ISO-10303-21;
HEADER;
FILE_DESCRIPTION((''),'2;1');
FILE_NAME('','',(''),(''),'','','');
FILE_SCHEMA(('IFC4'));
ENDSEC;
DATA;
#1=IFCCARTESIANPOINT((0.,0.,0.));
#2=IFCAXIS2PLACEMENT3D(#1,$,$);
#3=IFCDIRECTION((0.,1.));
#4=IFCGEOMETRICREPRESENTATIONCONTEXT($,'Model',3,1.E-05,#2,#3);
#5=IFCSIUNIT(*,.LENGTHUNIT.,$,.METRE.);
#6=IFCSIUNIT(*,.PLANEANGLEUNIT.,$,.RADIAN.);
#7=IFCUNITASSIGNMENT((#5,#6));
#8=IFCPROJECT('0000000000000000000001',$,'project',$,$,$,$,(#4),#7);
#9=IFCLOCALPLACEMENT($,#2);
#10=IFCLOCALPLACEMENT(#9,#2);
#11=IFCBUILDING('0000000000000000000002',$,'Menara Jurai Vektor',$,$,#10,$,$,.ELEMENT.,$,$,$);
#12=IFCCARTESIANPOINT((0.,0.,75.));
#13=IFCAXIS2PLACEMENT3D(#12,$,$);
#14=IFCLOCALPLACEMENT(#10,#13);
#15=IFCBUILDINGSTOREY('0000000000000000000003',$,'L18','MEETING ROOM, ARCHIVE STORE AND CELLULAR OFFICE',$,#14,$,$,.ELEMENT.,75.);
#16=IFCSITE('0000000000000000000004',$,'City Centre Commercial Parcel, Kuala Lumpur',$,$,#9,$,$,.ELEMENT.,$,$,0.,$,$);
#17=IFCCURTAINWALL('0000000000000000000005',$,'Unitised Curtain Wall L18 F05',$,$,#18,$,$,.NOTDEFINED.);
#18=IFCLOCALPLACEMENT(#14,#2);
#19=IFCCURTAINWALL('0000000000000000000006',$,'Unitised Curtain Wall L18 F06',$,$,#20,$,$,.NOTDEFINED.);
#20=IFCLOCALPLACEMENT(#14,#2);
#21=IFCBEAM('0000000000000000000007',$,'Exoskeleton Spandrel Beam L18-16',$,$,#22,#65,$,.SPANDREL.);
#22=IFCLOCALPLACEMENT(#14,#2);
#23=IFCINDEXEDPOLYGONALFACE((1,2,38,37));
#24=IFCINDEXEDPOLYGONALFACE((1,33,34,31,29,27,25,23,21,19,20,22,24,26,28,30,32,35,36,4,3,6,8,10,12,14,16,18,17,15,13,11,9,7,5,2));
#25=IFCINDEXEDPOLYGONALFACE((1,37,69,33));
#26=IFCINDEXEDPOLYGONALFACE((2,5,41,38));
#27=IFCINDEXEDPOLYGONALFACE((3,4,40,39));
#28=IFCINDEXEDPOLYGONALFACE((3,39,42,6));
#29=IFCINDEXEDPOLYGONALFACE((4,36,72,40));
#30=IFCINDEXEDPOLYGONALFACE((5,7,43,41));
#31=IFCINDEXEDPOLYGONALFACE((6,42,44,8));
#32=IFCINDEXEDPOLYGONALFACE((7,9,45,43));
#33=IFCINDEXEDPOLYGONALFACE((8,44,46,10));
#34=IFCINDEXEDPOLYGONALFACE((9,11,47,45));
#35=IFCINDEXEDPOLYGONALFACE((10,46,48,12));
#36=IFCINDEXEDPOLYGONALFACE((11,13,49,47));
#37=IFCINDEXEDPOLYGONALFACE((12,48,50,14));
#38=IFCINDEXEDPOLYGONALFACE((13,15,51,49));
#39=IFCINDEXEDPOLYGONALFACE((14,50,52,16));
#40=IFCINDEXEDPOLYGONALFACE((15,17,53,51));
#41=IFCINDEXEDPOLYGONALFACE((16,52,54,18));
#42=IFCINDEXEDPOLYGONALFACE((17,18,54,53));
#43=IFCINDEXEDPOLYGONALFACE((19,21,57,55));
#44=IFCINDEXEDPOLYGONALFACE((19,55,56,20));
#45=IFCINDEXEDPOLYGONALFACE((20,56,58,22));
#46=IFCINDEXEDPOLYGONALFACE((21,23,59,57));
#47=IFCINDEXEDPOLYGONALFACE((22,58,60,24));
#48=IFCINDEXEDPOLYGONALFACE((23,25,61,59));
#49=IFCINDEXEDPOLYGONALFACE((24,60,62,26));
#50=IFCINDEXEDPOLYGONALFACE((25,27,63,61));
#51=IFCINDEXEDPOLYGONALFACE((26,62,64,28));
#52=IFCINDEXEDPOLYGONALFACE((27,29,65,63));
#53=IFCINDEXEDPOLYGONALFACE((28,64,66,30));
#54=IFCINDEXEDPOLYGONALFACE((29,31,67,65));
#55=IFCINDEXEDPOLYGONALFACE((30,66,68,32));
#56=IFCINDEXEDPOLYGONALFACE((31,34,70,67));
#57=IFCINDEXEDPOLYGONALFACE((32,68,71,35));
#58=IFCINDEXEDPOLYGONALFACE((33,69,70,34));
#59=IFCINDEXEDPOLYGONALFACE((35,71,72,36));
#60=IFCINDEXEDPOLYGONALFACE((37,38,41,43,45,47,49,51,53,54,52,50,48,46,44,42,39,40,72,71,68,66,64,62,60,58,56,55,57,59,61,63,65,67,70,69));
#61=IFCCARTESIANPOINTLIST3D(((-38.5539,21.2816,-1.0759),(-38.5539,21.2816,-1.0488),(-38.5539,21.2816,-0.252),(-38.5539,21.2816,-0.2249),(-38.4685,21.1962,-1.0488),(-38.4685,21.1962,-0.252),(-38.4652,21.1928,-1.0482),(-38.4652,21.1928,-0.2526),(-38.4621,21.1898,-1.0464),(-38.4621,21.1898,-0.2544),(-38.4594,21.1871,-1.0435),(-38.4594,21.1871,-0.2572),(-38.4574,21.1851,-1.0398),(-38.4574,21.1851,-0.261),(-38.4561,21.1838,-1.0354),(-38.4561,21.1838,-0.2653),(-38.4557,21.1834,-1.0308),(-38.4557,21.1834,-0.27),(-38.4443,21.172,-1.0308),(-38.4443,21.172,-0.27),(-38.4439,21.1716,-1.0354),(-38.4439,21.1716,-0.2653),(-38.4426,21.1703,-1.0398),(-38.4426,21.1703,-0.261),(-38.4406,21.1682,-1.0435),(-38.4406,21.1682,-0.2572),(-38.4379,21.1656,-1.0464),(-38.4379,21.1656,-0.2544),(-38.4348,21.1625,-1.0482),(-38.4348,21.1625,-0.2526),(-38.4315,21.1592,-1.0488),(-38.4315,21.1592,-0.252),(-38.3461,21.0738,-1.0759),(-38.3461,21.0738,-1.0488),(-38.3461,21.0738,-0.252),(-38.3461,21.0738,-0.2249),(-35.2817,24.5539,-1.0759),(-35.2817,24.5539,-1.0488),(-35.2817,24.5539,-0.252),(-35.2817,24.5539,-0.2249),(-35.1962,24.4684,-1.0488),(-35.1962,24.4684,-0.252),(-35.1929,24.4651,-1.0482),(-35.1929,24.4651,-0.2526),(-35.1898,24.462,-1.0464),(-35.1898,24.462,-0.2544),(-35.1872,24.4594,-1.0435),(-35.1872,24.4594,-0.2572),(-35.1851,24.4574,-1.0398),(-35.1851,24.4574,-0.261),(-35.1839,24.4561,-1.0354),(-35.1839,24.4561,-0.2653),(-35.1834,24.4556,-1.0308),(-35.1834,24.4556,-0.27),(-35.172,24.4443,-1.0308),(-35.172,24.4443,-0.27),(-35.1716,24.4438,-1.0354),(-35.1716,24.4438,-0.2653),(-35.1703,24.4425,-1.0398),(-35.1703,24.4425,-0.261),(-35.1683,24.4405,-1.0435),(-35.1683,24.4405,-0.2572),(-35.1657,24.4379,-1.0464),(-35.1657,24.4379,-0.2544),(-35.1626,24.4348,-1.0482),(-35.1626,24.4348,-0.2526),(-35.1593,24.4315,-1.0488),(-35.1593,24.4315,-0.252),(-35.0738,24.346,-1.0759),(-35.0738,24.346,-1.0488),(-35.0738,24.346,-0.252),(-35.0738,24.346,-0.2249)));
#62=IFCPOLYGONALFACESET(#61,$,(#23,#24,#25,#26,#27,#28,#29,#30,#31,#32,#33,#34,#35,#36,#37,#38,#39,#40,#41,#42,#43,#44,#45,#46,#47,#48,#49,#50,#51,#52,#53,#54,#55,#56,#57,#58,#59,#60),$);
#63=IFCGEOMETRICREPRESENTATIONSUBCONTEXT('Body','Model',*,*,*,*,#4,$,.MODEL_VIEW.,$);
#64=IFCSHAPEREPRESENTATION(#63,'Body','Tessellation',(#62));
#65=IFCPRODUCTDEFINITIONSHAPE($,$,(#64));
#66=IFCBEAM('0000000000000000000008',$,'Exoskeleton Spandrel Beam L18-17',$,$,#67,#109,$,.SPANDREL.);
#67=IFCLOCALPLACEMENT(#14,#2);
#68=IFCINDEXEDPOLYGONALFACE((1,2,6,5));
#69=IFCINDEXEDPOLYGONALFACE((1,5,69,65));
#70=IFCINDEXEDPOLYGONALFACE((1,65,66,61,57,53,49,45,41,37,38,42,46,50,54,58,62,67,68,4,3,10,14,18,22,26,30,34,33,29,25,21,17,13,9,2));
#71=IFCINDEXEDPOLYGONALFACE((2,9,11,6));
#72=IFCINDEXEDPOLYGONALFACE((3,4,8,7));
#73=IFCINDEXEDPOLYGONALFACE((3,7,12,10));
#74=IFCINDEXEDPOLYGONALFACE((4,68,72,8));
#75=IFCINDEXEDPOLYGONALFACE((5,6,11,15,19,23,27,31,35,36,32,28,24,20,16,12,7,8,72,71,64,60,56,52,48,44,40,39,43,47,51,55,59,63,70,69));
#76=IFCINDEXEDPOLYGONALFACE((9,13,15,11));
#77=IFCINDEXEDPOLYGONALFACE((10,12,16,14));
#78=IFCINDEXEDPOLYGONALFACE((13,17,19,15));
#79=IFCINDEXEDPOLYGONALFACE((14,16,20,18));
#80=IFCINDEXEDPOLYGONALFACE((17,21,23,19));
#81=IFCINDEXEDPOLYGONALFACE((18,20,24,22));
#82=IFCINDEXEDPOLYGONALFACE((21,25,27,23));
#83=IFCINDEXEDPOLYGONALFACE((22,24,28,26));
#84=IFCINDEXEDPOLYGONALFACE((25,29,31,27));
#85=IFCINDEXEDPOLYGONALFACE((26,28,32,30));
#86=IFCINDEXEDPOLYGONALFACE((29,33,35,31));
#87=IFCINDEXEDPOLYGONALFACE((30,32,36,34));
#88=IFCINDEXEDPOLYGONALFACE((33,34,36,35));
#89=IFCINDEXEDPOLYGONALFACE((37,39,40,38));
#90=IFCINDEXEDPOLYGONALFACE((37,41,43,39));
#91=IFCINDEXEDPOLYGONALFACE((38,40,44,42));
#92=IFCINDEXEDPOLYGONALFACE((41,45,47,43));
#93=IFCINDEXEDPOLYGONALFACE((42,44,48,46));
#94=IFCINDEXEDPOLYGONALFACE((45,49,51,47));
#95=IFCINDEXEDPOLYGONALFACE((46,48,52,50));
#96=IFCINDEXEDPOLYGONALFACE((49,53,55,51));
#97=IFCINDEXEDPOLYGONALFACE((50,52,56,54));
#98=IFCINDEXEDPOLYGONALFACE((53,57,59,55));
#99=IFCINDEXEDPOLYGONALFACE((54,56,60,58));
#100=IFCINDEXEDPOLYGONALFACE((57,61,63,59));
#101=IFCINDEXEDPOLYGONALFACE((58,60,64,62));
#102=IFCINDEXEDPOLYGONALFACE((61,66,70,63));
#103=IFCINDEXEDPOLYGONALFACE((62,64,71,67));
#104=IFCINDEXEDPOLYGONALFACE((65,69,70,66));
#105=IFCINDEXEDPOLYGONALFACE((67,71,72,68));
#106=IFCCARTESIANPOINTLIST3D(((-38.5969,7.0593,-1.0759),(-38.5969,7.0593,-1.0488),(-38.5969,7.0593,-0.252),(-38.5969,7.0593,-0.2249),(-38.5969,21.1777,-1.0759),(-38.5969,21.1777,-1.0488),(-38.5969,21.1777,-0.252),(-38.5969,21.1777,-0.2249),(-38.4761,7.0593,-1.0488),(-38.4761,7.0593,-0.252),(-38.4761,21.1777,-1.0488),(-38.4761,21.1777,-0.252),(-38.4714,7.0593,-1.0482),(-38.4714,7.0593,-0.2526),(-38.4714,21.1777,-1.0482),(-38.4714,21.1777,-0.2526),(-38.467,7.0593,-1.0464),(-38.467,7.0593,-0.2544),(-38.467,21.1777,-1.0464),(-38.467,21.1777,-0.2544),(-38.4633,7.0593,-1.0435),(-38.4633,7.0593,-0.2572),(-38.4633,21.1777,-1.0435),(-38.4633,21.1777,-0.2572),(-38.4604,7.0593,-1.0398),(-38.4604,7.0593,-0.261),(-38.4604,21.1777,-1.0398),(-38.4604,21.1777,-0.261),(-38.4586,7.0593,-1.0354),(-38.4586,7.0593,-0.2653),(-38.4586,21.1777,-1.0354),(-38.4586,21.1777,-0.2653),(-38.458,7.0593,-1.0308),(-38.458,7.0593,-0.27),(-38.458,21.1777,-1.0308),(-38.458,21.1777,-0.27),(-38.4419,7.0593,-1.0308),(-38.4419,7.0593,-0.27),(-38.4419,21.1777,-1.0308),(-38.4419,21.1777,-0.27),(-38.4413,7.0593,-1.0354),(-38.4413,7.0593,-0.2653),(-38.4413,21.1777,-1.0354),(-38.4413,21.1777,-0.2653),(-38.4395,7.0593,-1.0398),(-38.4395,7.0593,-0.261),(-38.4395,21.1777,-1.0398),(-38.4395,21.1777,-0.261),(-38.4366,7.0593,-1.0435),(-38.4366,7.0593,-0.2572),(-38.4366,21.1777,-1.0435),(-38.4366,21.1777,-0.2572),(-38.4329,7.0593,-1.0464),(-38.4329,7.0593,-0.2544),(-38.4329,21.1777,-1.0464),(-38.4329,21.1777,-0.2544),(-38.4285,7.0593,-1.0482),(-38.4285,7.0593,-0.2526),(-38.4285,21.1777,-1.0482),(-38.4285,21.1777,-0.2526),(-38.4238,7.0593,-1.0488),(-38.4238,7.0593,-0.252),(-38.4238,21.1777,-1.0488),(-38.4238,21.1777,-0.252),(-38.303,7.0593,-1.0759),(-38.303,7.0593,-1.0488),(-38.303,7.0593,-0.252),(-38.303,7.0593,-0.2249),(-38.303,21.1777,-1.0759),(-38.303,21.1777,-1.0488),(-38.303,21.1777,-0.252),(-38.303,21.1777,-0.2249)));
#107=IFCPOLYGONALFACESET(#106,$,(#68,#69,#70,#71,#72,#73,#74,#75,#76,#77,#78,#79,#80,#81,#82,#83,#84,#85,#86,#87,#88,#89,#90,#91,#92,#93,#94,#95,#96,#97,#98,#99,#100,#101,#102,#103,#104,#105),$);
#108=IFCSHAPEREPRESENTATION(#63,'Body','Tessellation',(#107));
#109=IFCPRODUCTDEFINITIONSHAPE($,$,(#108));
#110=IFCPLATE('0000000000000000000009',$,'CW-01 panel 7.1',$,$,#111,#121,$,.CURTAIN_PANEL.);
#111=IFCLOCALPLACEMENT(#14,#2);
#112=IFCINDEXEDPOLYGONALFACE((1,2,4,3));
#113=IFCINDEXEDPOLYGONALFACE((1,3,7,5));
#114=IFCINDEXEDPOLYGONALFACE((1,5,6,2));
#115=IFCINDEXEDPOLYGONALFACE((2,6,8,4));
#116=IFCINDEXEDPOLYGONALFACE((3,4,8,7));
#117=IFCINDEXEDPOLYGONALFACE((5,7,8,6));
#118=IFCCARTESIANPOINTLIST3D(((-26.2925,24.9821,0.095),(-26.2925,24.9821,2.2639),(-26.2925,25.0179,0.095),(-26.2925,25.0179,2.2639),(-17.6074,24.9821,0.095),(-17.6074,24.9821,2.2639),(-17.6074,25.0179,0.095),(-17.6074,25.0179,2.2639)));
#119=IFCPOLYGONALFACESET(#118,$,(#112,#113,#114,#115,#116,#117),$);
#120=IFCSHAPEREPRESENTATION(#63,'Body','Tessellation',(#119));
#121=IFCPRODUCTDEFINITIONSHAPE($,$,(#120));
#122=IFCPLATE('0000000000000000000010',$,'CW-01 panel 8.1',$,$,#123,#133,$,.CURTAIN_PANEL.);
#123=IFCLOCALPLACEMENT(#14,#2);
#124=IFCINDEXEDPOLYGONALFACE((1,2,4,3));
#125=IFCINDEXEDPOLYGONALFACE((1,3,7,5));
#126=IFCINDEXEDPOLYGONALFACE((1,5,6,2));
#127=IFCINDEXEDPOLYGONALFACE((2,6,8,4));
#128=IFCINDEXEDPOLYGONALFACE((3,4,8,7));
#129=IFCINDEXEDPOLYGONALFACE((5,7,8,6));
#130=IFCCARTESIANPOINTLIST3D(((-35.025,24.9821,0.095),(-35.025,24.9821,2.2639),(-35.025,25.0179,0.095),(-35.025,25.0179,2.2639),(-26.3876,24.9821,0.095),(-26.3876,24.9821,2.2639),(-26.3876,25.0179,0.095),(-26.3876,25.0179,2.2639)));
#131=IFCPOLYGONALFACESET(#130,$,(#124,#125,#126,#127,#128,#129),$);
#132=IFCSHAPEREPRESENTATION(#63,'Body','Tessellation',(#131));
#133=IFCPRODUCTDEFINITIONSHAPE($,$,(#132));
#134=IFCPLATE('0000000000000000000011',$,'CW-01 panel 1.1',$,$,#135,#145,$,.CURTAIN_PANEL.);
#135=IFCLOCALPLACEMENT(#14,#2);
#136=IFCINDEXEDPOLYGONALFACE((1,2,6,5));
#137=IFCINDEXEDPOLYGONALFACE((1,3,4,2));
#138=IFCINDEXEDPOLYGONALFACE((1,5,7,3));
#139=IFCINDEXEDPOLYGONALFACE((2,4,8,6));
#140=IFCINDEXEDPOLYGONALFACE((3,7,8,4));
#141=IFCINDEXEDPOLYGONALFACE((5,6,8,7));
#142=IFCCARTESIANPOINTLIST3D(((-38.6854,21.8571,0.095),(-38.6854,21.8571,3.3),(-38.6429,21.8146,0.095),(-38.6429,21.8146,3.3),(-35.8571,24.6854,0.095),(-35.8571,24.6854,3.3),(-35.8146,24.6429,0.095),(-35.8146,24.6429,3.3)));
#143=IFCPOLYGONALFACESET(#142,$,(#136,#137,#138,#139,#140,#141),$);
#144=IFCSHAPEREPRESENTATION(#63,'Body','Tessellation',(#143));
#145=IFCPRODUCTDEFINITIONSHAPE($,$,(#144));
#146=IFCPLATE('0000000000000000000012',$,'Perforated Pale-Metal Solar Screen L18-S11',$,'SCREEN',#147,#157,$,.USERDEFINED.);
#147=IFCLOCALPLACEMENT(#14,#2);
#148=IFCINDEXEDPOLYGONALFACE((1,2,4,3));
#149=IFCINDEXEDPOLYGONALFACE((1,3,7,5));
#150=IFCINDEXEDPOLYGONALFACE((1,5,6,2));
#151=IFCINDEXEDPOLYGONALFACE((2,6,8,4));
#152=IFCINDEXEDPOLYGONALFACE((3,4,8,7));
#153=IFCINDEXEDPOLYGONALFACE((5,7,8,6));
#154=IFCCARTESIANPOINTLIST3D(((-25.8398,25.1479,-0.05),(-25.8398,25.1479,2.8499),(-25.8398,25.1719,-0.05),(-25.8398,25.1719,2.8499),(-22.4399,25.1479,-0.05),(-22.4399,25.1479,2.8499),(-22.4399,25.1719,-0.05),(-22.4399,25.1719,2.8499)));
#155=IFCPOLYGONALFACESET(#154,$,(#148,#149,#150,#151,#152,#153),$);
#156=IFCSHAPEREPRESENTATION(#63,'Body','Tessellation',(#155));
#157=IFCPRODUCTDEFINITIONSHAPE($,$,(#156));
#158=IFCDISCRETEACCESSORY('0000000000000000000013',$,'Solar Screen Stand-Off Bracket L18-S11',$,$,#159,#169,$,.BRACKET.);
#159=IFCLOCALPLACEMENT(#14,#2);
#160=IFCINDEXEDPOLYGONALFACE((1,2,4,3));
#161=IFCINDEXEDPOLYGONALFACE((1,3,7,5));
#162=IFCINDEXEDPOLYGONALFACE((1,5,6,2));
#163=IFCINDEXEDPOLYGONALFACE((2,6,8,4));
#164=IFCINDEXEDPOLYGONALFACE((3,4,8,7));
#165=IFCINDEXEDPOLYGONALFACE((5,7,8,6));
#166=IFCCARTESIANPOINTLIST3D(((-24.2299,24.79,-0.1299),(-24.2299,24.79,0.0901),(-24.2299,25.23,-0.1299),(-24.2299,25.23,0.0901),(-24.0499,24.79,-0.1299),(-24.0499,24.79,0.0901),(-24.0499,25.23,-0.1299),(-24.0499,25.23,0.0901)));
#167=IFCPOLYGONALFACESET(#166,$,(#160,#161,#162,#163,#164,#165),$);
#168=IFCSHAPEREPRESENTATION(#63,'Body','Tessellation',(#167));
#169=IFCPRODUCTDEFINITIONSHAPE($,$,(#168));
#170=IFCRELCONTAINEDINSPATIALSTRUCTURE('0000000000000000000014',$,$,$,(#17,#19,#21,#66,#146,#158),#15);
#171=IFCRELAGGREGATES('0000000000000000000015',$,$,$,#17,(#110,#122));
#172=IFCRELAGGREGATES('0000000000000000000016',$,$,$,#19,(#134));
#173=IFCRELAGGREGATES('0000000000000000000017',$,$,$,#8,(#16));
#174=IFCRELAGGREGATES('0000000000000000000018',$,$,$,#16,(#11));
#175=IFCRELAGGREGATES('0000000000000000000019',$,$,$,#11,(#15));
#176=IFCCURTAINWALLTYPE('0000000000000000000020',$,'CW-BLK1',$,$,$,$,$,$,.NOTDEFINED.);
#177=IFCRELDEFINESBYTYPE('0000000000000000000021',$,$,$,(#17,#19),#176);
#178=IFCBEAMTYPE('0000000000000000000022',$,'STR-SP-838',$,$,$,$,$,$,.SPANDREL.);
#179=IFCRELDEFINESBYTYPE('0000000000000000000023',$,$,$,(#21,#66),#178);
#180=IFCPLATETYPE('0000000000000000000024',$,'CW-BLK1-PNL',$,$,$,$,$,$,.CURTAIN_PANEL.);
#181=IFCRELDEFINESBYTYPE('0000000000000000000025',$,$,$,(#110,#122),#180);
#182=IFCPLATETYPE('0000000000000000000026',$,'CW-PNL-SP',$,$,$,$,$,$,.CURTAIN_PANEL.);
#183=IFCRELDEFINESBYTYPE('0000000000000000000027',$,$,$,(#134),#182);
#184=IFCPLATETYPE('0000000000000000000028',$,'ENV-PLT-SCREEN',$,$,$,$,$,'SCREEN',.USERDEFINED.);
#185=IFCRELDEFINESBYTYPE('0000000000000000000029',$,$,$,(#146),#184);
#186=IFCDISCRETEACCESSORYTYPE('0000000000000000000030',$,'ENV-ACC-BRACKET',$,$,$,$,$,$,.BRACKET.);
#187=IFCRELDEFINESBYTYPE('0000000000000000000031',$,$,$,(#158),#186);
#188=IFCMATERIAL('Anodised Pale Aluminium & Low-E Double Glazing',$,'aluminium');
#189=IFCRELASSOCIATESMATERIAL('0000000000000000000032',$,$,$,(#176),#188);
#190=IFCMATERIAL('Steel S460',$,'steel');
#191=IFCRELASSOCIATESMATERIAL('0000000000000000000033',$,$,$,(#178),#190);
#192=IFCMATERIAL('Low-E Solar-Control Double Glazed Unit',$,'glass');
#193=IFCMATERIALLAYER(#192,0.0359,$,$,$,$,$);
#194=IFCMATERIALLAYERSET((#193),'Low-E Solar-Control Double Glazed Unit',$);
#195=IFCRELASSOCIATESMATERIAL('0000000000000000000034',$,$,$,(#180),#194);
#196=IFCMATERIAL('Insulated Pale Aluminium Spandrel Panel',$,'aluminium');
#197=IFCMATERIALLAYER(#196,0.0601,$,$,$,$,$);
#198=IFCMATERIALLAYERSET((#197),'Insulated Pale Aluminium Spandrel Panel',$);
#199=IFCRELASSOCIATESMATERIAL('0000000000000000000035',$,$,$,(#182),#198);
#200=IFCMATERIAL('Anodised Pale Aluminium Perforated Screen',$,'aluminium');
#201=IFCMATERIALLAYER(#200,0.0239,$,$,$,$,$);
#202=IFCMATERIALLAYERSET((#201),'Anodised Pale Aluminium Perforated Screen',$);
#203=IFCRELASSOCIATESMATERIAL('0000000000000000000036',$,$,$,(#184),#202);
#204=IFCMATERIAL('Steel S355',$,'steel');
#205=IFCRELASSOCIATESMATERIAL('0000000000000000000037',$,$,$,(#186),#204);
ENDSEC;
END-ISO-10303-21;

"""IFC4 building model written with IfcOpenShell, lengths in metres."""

from ifc_helpers import new_model, si_unit, direction, frame, origin, origin_2d, place, context, subcontext, project, spatial, rectangle, i_section, extrude, material, layer, layer_set, material_profile, profile_set, type_object, element, aggregate, save


model = new_model("IFC4")

# Units and contexts
model_context = context("Model", 3, precision=1e-05, world=origin(), true_north=direction((0.0, 1.0)))
body_context = subcontext(model_context, "Body", "Model", "MODEL_VIEW")
ifc_project = project(units=[si_unit("LENGTHUNIT", "METRE"), si_unit("PLANEANGLEUNIT", "RADIAN")], contexts=[model_context])

# Site, building, storey
site_placement = place(None, origin())
site = spatial("IfcSite", under=ifc_project, at=site_placement, Name="City Centre Commercial Parcel, Kuala Lumpur", CompositionType="ELEMENT", RefElevation=0.0)
building_placement = place(site_placement, origin())
building = spatial("IfcBuilding", under=site, at=building_placement, Name="Menara Jurai Vektor", CompositionType="ELEMENT")
storey_placement = place(building_placement, frame((0.0, 0.0, 75.0)))
storey = spatial("IfcBuildingStorey", under=building, at=storey_placement, Name="L18", Description="MEETING ROOM, ARCHIVE STORE AND CELLULAR OFFICE", CompositionType="ELEMENT", Elevation=75.0)

# Shared definitions
ifc_material_1 = material(Name="Steel S460", Category="steel")

# Curtain walls
ifc_material_2 = material(Name="Anodised Pale Aluminium & Low-E Double Glazing", Category="aluminium")
curtain_wall_type = type_object("IfcCurtainWallType", Name="CW-BLK1", PredefinedType="NOTDEFINED", material=ifc_material_2)
curtain_wall_1_placement = place(storey_placement, origin())
curtain_wall_1 = element("IfcCurtainWall", 1, at=curtain_wall_1_placement, inside=storey, type_object=curtain_wall_type, Name="Unitised Curtain Wall L18 F05", PredefinedType="NOTDEFINED")
curtain_wall_2_placement = place(storey_placement, origin())
curtain_wall_2 = element("IfcCurtainWall", 2, at=curtain_wall_2_placement, inside=storey, type_object=curtain_wall_type, Name="Unitised Curtain Wall L18 F06", PredefinedType="NOTDEFINED")

# Shared definitions
ifc_material_3 = material(Name="Steel S355", Category="steel")

# Beams
ifc_material_profile_1 = material_profile(ifc_material_1, i_section(OverallWidth=0.2939, OverallDepth=0.8511, WebThickness=0.0161, FlangeThickness=0.0271, FilletRadius=0.0181, at=origin_2d()), Name="UKB 838x292x226")
ifc_profile_set_1 = profile_set([ifc_material_profile_1], Name="Steel S460")
beam_type_1 = type_object("IfcBeamType", Name="STR-SP-838", PredefinedType="SPANDREL", material=ifc_profile_set_1)
beam_1_placement = place(storey_placement, frame((-35.1777, 24.45, -0.6504), z_axis=(-0.707107, -0.707107, 0.0), x_axis=(0.707107, -0.707107, 0.0)))
element("IfcBeam", 3, at=beam_1_placement, inside=storey, type_object=beam_type_1, Name="Exoskeleton Spandrel Beam L18-16", PredefinedType="SPANDREL", context=body_context, shape_type="SweptSolid", body=[
    extrude(i_section(OverallWidth=0.2939, OverallDepth=0.8511, WebThickness=0.0161, FlangeThickness=0.0271, FilletRadius=0.0181, at=origin_2d()), origin(), (0.0, 0.0, 1.0), 4.6277),
])
beam_2_placement = place(storey_placement, frame((-38.45, 21.1777, -0.6504), z_axis=(0.0, -1.0, 0.0), x_axis=(1.0, 0.0, 0.0)))
element("IfcBeam", 4, at=beam_2_placement, inside=storey, type_object=beam_type_1, Name="Exoskeleton Spandrel Beam L18-17", PredefinedType="SPANDREL", context=body_context, shape_type="SweptSolid", body=[
    extrude(i_section(OverallWidth=0.2939, OverallDepth=0.8511, WebThickness=0.0161, FlangeThickness=0.0271, FilletRadius=0.0181, at=origin_2d()), origin(), (0.0, 0.0, 1.0), 14.1184),
])

# Plates
ifc_material_4 = material(Name="Low-E Solar-Control Double Glazed Unit", Category="glass")
ifc_layer_1 = layer(ifc_material_4, 0.0359)
ifc_layer_set_1 = layer_set([ifc_layer_1], Name="Low-E Solar-Control Double Glazed Unit")
plate_type_1 = type_object("IfcPlateType", Name="CW-BLK1-PNL", PredefinedType="CURTAIN_PANEL", material=ifc_layer_set_1)
plate_1_placement = place(storey_placement, frame((-21.95, 25.0, 0.095), z_axis=(0.0, 0.0, 1.0), x_axis=(-1.0, 0.0, 0.0)))
plate_1 = element("IfcPlate", 5, at=plate_1_placement, type_object=plate_type_1, Name="CW-01 panel 7.1", PredefinedType="CURTAIN_PANEL", context=body_context, shape_type="SweptSolid", body=[
    extrude(rectangle(XDim=8.6851, YDim=0.0359, at=origin_2d()), origin(), (0.0, 0.0, 1.0), 2.1689),
])
plate_2_placement = place(storey_placement, frame((-30.7063, 25.0, 0.095), z_axis=(0.0, 0.0, 1.0), x_axis=(-1.0, 0.0, 0.0)))
plate_2 = element("IfcPlate", 6, at=plate_2_placement, type_object=plate_type_1, Name="CW-01 panel 8.1", PredefinedType="CURTAIN_PANEL", context=body_context, shape_type="SweptSolid", body=[
    extrude(rectangle(XDim=8.6375, YDim=0.0359, at=origin_2d()), origin(), (0.0, 0.0, 1.0), 2.1689),
])
aggregate(curtain_wall_1, [plate_1, plate_2])
ifc_material_5 = material(Name="Insulated Pale Aluminium Spandrel Panel", Category="aluminium")
ifc_layer_2 = layer(ifc_material_5, 0.0601)
ifc_layer_set_2 = layer_set([ifc_layer_2], Name="Insulated Pale Aluminium Spandrel Panel")
plate_type_2 = type_object("IfcPlateType", Name="CW-PNL-SP", PredefinedType="CURTAIN_PANEL", material=ifc_layer_set_2)
plate_3_placement = place(storey_placement, frame((-37.25, 23.25, 0.095), z_axis=(0.0, 0.0, 1.0), x_axis=(-0.707107, -0.707107, 0.0)))
plate_3 = element("IfcPlate", 7, at=plate_3_placement, type_object=plate_type_2, Name="CW-01 panel 1.1", PredefinedType="CURTAIN_PANEL", context=body_context, shape_type="SweptSolid", body=[
    extrude(rectangle(XDim=3.9998, YDim=0.0601, at=origin_2d()), origin(), (0.0, 0.0, 1.0), 3.2051),
])
aggregate(curtain_wall_2, [plate_3])
ifc_material_6 = material(Name="Anodised Pale Aluminium Perforated Screen", Category="aluminium")
ifc_layer_3 = layer(ifc_material_6, 0.0239)
ifc_layer_set_3 = layer_set([ifc_layer_3], Name="Anodised Pale Aluminium Perforated Screen")
plate_type_3 = type_object("IfcPlateType", Name="ENV-PLT-SCREEN", ElementType="SCREEN", PredefinedType="USERDEFINED", material=ifc_layer_set_3)
plate_4_placement = place(storey_placement, frame((-24.1399, 25.1599, -0.05), z_axis=(0.0, 0.0, 1.0), x_axis=(-1.0, 0.0, 0.0)))
element("IfcPlate", 8, at=plate_4_placement, inside=storey, type_object=plate_type_3, Name="Perforated Pale-Metal Solar Screen L18-S11", ObjectType="SCREEN", PredefinedType="USERDEFINED", context=body_context, shape_type="SweptSolid", body=[
    extrude(rectangle(XDim=3.3999, YDim=0.0239, at=origin_2d()), origin(), (0.0, 0.0, 1.0), 2.8999),
])

# Discrete accessory
discrete_accessory_type = type_object("IfcDiscreteAccessoryType", Name="ENV-ACC-BRACKET", PredefinedType="BRACKET", material=ifc_material_3)
discrete_accessory_placement = place(storey_placement, frame((-24.1399, 25.01, -0.1299), z_axis=(0.0, 0.0, 1.0), x_axis=(-1.0, 0.0, 0.0)))
element("IfcDiscreteAccessory", 9, at=discrete_accessory_placement, inside=storey, type_object=discrete_accessory_type, Name="Solar Screen Stand-Off Bracket L18-S11", PredefinedType="BRACKET", context=body_context, shape_type="SweptSolid", body=[
    extrude(rectangle(XDim=0.1799, YDim=0.4399, at=origin_2d()), origin(), (0.0, 0.0, 1.0), 0.22),
])

save(model, "model.ifc")
